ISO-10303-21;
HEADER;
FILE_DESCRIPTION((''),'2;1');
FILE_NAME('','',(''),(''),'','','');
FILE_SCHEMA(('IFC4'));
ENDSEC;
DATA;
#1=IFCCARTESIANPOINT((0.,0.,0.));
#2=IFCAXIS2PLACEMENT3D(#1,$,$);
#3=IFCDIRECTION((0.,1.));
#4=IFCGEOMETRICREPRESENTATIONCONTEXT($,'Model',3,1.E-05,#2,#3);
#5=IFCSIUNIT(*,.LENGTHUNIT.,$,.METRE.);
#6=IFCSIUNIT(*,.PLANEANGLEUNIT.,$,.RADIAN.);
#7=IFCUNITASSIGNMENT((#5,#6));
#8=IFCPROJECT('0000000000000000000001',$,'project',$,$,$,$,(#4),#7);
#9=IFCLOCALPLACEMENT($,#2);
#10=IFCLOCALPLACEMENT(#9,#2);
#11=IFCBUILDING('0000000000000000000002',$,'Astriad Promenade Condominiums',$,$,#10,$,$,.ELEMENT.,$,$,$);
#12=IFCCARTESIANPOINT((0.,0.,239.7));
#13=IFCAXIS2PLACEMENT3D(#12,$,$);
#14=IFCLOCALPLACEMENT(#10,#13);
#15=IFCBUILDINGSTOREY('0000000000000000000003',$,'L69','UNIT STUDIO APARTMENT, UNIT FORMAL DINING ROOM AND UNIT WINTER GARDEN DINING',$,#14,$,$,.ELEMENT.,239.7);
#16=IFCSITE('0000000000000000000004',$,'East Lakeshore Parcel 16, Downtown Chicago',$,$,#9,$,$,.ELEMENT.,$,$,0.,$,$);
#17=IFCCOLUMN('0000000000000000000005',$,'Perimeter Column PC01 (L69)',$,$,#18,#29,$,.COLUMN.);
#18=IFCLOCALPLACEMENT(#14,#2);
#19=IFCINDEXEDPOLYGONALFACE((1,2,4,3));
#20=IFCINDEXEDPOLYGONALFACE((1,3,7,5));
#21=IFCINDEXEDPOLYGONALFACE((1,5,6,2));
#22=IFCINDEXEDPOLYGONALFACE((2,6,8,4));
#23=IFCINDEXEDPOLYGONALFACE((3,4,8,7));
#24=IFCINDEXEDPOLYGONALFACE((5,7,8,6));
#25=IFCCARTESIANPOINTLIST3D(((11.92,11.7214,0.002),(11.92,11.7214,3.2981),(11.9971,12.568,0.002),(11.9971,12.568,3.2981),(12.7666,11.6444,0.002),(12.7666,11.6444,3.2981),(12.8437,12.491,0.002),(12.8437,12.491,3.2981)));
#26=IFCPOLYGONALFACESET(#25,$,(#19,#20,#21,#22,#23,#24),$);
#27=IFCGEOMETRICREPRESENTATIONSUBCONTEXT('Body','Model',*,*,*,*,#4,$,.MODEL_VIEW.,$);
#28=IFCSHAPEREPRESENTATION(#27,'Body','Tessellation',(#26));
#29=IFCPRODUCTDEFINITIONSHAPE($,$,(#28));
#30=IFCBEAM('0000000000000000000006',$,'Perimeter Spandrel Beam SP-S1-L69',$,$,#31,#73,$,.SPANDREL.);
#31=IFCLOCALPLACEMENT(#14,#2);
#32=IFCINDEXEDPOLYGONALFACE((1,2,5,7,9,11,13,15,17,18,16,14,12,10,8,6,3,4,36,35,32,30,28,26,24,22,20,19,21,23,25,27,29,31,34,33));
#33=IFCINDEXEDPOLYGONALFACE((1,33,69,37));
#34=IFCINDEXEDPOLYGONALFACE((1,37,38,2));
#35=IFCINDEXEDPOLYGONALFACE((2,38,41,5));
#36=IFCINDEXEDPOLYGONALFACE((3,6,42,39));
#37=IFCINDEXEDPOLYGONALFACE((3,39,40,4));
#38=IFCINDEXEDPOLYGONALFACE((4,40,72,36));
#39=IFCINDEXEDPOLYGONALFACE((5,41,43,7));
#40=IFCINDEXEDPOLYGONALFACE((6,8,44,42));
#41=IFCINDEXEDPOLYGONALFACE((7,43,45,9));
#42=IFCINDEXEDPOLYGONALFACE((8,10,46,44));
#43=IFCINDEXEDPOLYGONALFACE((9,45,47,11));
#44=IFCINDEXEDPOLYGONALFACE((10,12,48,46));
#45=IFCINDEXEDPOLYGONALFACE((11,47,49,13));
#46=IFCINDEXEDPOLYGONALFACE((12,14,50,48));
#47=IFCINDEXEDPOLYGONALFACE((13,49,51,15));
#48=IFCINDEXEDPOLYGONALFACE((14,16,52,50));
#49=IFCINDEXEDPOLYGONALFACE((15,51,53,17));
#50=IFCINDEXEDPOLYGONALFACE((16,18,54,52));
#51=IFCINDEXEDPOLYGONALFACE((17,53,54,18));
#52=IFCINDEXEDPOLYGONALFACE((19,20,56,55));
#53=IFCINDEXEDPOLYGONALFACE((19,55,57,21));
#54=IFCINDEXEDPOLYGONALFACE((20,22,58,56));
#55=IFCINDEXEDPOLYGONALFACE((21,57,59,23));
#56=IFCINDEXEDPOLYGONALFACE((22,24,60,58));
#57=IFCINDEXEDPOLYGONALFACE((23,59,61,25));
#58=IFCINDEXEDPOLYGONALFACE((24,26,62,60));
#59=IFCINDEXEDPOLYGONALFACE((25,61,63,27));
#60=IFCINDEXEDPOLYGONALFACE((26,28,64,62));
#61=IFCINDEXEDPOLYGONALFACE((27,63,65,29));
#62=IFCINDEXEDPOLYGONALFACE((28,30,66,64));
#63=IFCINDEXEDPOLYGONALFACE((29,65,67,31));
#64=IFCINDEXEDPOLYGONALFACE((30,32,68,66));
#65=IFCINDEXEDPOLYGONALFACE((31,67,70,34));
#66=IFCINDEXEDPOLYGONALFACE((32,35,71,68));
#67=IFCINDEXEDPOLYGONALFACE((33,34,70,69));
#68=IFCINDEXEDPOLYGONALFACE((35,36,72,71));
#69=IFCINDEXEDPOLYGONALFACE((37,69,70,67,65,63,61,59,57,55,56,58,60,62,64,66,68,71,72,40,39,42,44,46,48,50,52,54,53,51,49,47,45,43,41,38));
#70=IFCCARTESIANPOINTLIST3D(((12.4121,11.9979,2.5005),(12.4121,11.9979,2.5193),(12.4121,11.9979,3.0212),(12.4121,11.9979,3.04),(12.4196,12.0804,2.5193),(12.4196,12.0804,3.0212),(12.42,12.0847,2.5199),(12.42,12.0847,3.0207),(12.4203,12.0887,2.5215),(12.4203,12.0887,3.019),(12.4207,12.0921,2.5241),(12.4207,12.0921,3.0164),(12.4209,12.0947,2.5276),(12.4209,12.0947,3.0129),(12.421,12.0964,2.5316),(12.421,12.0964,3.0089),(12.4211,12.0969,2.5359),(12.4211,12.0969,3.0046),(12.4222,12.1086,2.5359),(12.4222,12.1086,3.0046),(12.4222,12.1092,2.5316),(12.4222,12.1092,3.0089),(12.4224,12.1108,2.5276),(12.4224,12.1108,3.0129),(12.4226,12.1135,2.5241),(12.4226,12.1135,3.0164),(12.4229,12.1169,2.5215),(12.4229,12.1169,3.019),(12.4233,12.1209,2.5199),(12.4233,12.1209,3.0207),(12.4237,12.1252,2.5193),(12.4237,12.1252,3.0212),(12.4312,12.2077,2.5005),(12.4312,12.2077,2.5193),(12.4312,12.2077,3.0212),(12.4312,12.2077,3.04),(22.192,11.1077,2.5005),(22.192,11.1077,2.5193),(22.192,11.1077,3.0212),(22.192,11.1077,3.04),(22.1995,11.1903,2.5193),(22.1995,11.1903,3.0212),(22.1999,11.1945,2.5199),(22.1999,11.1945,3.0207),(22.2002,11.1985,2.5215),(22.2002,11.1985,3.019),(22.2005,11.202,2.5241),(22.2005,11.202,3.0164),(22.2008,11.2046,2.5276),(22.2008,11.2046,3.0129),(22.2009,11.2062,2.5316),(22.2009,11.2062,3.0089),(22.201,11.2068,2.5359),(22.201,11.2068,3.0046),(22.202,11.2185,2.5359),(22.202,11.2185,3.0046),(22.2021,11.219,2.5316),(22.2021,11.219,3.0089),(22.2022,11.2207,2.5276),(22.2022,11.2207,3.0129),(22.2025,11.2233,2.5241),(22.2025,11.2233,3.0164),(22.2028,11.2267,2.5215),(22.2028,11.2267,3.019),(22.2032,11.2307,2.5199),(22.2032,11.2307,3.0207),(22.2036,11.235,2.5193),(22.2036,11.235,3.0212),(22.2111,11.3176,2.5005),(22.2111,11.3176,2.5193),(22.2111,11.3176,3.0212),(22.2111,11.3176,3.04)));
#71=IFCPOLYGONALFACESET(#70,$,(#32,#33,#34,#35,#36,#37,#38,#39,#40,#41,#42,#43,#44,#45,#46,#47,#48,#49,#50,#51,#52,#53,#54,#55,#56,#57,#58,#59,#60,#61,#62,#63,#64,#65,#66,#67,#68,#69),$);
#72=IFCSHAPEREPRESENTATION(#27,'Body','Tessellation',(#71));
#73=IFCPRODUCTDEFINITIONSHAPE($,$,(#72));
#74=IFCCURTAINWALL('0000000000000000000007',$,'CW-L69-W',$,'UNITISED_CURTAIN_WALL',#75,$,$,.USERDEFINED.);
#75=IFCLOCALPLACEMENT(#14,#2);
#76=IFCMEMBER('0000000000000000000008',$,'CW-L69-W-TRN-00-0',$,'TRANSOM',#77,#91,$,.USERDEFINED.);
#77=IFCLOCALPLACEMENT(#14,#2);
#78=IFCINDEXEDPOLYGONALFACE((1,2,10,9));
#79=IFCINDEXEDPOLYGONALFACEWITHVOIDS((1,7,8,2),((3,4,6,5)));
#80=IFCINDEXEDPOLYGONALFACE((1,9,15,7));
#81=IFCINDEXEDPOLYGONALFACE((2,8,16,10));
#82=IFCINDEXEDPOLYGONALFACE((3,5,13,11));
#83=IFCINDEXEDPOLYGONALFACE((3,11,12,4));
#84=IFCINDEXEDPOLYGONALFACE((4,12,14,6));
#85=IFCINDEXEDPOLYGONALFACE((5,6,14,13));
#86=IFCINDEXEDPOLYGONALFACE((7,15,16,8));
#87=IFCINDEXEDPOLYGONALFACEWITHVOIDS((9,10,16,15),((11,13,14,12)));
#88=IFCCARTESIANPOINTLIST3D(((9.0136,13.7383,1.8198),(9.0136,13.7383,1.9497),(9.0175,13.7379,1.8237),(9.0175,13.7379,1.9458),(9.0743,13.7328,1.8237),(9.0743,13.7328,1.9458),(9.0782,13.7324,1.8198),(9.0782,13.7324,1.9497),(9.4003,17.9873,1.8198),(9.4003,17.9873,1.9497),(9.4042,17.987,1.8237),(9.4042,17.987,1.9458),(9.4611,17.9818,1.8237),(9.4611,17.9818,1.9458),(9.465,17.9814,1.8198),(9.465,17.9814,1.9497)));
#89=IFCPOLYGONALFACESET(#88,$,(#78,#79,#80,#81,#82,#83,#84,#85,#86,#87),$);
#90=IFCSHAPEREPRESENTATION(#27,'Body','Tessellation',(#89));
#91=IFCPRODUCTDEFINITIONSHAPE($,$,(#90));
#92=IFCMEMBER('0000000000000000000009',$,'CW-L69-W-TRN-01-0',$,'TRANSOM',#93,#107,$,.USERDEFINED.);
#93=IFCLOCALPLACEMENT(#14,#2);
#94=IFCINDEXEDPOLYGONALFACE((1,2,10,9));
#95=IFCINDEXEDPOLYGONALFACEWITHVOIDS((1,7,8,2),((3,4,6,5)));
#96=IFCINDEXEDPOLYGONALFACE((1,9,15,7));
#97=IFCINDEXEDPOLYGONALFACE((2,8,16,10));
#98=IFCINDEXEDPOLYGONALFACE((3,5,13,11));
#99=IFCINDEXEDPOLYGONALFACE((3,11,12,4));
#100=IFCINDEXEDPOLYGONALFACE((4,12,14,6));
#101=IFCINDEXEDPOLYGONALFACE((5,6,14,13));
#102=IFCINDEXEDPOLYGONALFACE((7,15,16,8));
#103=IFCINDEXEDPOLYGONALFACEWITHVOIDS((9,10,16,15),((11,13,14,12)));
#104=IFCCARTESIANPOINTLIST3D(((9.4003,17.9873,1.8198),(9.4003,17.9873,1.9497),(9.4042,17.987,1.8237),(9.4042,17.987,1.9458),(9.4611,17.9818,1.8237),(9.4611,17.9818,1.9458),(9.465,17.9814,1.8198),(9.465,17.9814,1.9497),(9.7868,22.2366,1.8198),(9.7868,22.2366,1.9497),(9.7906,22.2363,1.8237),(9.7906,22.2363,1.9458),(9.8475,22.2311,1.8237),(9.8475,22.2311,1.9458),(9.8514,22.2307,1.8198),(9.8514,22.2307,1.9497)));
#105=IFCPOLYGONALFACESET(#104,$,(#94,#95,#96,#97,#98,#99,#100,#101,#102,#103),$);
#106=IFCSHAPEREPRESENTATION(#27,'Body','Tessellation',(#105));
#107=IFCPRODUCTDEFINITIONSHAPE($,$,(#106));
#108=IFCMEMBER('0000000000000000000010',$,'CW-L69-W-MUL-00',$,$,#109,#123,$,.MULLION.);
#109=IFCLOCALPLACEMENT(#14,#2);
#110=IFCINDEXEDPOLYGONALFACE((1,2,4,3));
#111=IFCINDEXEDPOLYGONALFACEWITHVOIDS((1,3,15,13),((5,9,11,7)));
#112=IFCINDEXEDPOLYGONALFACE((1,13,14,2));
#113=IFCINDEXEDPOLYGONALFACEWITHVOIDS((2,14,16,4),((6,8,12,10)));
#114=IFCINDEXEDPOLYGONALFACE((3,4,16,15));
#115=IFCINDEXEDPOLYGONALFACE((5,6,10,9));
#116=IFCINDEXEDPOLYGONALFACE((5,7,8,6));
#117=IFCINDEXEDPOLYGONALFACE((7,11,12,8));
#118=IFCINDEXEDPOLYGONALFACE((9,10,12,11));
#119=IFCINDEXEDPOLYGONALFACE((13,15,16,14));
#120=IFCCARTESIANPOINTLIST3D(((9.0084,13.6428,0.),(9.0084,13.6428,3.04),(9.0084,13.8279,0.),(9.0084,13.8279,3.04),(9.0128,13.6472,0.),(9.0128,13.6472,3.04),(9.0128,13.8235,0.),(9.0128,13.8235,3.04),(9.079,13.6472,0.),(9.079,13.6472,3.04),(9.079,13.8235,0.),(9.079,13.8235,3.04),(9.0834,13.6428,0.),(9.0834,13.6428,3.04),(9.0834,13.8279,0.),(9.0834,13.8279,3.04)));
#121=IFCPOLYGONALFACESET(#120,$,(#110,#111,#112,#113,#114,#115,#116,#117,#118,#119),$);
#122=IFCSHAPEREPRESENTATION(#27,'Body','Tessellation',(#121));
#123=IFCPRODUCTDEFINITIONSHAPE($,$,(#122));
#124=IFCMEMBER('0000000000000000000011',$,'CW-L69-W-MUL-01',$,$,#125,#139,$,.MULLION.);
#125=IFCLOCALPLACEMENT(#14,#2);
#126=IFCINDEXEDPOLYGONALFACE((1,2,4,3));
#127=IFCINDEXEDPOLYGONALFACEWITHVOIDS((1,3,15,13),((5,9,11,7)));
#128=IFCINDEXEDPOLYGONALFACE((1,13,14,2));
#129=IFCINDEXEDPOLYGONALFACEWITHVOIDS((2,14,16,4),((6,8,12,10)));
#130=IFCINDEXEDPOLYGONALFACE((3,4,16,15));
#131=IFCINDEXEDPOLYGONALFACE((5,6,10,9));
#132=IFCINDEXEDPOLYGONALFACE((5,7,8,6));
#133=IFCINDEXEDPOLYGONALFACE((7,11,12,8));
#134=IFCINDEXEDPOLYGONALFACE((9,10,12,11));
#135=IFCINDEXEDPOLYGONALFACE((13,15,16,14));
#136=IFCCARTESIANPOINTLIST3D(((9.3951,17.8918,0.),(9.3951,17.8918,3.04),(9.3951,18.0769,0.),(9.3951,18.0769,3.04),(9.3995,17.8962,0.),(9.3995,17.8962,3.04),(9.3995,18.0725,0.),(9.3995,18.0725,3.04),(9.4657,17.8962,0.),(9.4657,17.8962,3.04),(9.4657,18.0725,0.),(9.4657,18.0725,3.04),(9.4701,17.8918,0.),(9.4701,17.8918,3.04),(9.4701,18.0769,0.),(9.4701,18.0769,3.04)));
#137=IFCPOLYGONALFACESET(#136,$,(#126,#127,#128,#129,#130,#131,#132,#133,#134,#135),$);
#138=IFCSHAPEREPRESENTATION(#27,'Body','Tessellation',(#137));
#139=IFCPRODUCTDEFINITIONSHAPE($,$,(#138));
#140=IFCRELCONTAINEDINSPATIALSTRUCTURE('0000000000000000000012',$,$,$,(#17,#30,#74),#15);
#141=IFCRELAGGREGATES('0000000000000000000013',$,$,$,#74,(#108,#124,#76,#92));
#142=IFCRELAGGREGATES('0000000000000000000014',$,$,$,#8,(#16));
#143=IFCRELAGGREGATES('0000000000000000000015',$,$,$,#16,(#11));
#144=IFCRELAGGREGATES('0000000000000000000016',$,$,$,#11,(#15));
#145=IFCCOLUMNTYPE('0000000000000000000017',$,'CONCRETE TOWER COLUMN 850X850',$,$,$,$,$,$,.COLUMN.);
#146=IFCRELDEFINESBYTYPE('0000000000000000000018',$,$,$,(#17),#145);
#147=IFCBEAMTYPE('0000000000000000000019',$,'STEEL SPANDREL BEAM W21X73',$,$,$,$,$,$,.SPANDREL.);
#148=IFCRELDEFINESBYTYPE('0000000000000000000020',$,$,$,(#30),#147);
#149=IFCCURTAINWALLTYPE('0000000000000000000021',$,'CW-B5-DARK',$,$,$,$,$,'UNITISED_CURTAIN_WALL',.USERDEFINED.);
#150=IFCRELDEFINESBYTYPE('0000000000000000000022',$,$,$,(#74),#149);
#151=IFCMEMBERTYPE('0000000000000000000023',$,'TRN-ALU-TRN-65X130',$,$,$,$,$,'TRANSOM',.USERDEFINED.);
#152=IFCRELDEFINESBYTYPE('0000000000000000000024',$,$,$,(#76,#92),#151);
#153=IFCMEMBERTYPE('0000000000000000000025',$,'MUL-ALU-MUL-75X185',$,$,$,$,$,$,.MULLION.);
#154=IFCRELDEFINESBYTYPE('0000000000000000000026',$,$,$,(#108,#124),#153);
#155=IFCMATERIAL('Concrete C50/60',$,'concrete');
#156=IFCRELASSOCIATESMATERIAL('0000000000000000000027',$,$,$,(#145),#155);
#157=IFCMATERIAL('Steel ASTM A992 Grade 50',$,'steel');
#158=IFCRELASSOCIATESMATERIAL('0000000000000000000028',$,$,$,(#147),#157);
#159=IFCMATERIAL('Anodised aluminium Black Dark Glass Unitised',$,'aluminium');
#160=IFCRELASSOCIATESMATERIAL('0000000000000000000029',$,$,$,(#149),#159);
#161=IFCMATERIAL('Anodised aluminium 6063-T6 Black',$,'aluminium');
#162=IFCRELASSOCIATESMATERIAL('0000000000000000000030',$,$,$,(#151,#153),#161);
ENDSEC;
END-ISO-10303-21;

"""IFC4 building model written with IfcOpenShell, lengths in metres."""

from ifc_helpers import new_model, si_unit, direction, frame, origin, origin_2d, place, context, subcontext, project, spatial, rectangle, hollow_rectangle, i_section, extrude, source, transform, mapped, material, material_profile, profile_set, type_object, type_shapes, element, aggregate, save


model = new_model("IFC4")

# Units and contexts
model_context = context("Model", 3, precision=1e-05, world=origin(), true_north=direction((0.0, 1.0)))
body_context = subcontext(model_context, "Body", "Model", "MODEL_VIEW")
ifc_project = project(units=[si_unit("LENGTHUNIT", "METRE"), si_unit("PLANEANGLEUNIT", "RADIAN")], contexts=[model_context])

# Site, building, storey
site_placement = place(None, origin())
site = spatial("IfcSite", under=ifc_project, at=site_placement, Name="East Lakeshore Parcel 16, Downtown Chicago", CompositionType="ELEMENT", RefElevation=0.0)
building_placement = place(site_placement, origin())
building = spatial("IfcBuilding", under=site, at=building_placement, Name="Astriad Promenade Condominiums", CompositionType="ELEMENT")
storey_placement = place(building_placement, frame((0.0, 0.0, 239.7)))
storey = spatial("IfcBuildingStorey", under=building, at=storey_placement, Name="L69", Description="UNIT STUDIO APARTMENT, UNIT FORMAL DINING ROOM AND UNIT WINTER GARDEN DINING", CompositionType="ELEMENT", Elevation=239.7)

# Column
ifc_material_1 = material(Name="Concrete C50/60", Category="concrete")
ifc_material_profile_1 = material_profile(ifc_material_1, rectangle(XDim=0.8501, YDim=0.8501, at=origin_2d()), Name="RC-COL-850X850")
ifc_profile_set_1 = profile_set([ifc_material_profile_1], Name="Concrete C50/60")
column_type = type_object("IfcColumnType", Name="CONCRETE TOWER COLUMN 850X850", PredefinedType="COLUMN", material=ifc_profile_set_1)
shared_shape_1 = source(origin(), body_context, "Body", "SweptSolid", [
    extrude(rectangle(XDim=0.8501, YDim=0.8501, at=origin_2d()), origin(), (0.0, 0.0, 1.0), 3.2961),
])
type_shapes(column_type, [shared_shape_1])
column_placement = place(storey_placement, frame((12.3818, 12.1062, 0.002), z_axis=(0.0, 0.0, 1.0), x_axis=(0.995884, -0.090633, 0.0)))
element("IfcColumn", 1, at=column_placement, inside=storey, type_object=column_type, Name="Perimeter Column PC01 (L69)", PredefinedType="COLUMN", context=body_context, shape_type="MappedRepresentation", body=[
    mapped(shared_shape_1, transform((0.0, 0.0, 0.0), scale=1.0)),
])

# Beam
ifc_material_2 = material(Name="Steel ASTM A992 Grade 50", Category="steel")
ifc_material_profile_2 = material_profile(ifc_material_2, i_section(OverallWidth=0.2107, OverallDepth=0.5396, WebThickness=0.0117, FlangeThickness=0.0188, FilletRadius=0.0166, at=origin_2d()), Name="W21X73")
ifc_profile_set_2 = profile_set([ifc_material_profile_2], Name="Steel ASTM A992 Grade 50")
beam_type = type_object("IfcBeamType", Name="STEEL SPANDREL BEAM W21X73", PredefinedType="SPANDREL", material=ifc_profile_set_2)
shared_shape_2 = source(origin(), body_context, "Body", "SweptSolid", [
    extrude(i_section(OverallWidth=0.2107, OverallDepth=0.5396, WebThickness=0.0117, FlangeThickness=0.0188, FilletRadius=0.0166, at=origin_2d()), origin(), (0.0, 0.0, 1.0), 9.8203),
])
type_shapes(beam_type, [shared_shape_2])
beam_placement = place(storey_placement, frame((12.4216, 12.1028, 2.7703), z_axis=(0.995883, -0.090643, 0.0), x_axis=(0.090643, 0.995883, 0.0)))
element("IfcBeam", 2, at=beam_placement, inside=storey, type_object=beam_type, Name="Perimeter Spandrel Beam SP-S1-L69", PredefinedType="SPANDREL", context=body_context, shape_type="MappedRepresentation", body=[
    mapped(shared_shape_2, transform((0.0, 0.0, 0.0), scale=1.0)),
])

# Curtain wall, members
ifc_material_3 = material(Name="Anodised aluminium Black Dark Glass Unitised", Category="aluminium")
curtain_wall_type = type_object("IfcCurtainWallType", Name="CW-B5-DARK", ElementType="UNITISED_CURTAIN_WALL", PredefinedType="USERDEFINED", material=ifc_material_3)
curtain_wall_placement = place(storey_placement, origin())
curtain_wall = element("IfcCurtainWall", 3, at=curtain_wall_placement, inside=storey, type_object=curtain_wall_type, Name="CW-L69-W", ObjectType="UNITISED_CURTAIN_WALL", PredefinedType="USERDEFINED")
ifc_material_4 = material(Name="Anodised aluminium 6063-T6 Black", Category="aluminium")
ifc_material_profile_3 = material_profile(ifc_material_4, hollow_rectangle(XDim=0.0649, YDim=0.1299, WallThickness=0.0039, at=origin_2d()), Name="ALU-TRN-65X130")
ifc_profile_set_3 = profile_set([ifc_material_profile_3], Name="Anodised aluminium 6063-T6 Black")
member_type_1 = type_object("IfcMemberType", Name="TRN-ALU-TRN-65X130", ElementType="TRANSOM", PredefinedType="USERDEFINED", material=ifc_profile_set_3)
shared_shape_3 = source(origin(), body_context, "Body", "SweptSolid", [
    extrude(hollow_rectangle(XDim=0.0649, YDim=0.1299, WallThickness=0.0039, at=origin_2d()), origin(), (0.0, 0.0, 1.0), 4.2666),
])
member_1_placement = place(storey_placement, frame((9.0459, 13.7354, 1.8848), z_axis=(0.090639, 0.995884, 0.0), x_axis=(-0.995884, 0.090639, 0.0)))
member_1 = element("IfcMember", 4, at=member_1_placement, type_object=member_type_1, Name="CW-L69-W-TRN-00-0", ObjectType="TRANSOM", PredefinedType="USERDEFINED", context=body_context, shape_type="MappedRepresentation", body=[
    mapped(shared_shape_3, transform((0.0, 0.0, 0.0), scale=1.0)),
])
shared_shape_4 = source(origin(), body_context, "Body", "SweptSolid", [
    extrude(hollow_rectangle(XDim=0.0649, YDim=0.1299, WallThickness=0.0039, at=origin_2d()), origin(), (0.0, 0.0, 1.0), 4.2668),
])
type_shapes(member_type_1, [shared_shape_3, shared_shape_4])
member_2_placement = place(storey_placement, frame((9.4326, 17.9844, 1.8848), z_axis=(0.090577, 0.995889, 0.0), x_axis=(-0.995889, 0.090577, 0.0)))
member_2 = element("IfcMember", 5, at=member_2_placement, type_object=member_type_1, Name="CW-L69-W-TRN-01-0", ObjectType="TRANSOM", PredefinedType="USERDEFINED", context=body_context, shape_type="MappedRepresentation", body=[
    mapped(shared_shape_4, transform((0.0, 0.0, 0.0), scale=1.0)),
])
ifc_material_profile_4 = material_profile(ifc_material_4, hollow_rectangle(XDim=0.075, YDim=0.1851, WallThickness=0.0044, at=origin_2d()), Name="ALU-MUL-75X185")
ifc_profile_set_4 = profile_set([ifc_material_profile_4], Name="Anodised aluminium 6063-T6 Black")
member_type_2 = type_object("IfcMemberType", Name="MUL-ALU-MUL-75X185", PredefinedType="MULLION", material=ifc_profile_set_4)
shared_shape_5 = source(origin(), body_context, "Body", "SweptSolid", [
    extrude(hollow_rectangle(XDim=0.075, YDim=0.1851, WallThickness=0.0044, at=origin_2d()), origin(), (0.0, 0.0, 1.0), 3.04),
])
type_shapes(member_type_2, [shared_shape_5])
member_3_placement = place(storey_placement, frame((9.0459, 13.7354, 0.0), z_axis=(0.0, 0.0, 1.0), x_axis=(1.0, 0.0, 0.0)))
member_3 = element("IfcMember", 6, at=member_3_placement, type_object=member_type_2, Name="CW-L69-W-MUL-00", PredefinedType="MULLION", context=body_context, shape_type="MappedRepresentation", body=[
    mapped(shared_shape_5, transform((0.0, 0.0, 0.0), scale=1.0)),
])
member_4_placement = place(storey_placement, frame((9.4326, 17.9844, 0.0), z_axis=(0.0, 0.0, 1.0), x_axis=(1.0, 0.0, 0.0)))
member_4 = element("IfcMember", 7, at=member_4_placement, type_object=member_type_2, Name="CW-L69-W-MUL-01", PredefinedType="MULLION", context=body_context, shape_type="MappedRepresentation", body=[
    mapped(shared_shape_5, transform((0.0, 0.0, 0.0), scale=1.0)),
])

aggregate(curtain_wall, [member_3, member_4, member_1, member_2])

save(model, "model.ifc")
